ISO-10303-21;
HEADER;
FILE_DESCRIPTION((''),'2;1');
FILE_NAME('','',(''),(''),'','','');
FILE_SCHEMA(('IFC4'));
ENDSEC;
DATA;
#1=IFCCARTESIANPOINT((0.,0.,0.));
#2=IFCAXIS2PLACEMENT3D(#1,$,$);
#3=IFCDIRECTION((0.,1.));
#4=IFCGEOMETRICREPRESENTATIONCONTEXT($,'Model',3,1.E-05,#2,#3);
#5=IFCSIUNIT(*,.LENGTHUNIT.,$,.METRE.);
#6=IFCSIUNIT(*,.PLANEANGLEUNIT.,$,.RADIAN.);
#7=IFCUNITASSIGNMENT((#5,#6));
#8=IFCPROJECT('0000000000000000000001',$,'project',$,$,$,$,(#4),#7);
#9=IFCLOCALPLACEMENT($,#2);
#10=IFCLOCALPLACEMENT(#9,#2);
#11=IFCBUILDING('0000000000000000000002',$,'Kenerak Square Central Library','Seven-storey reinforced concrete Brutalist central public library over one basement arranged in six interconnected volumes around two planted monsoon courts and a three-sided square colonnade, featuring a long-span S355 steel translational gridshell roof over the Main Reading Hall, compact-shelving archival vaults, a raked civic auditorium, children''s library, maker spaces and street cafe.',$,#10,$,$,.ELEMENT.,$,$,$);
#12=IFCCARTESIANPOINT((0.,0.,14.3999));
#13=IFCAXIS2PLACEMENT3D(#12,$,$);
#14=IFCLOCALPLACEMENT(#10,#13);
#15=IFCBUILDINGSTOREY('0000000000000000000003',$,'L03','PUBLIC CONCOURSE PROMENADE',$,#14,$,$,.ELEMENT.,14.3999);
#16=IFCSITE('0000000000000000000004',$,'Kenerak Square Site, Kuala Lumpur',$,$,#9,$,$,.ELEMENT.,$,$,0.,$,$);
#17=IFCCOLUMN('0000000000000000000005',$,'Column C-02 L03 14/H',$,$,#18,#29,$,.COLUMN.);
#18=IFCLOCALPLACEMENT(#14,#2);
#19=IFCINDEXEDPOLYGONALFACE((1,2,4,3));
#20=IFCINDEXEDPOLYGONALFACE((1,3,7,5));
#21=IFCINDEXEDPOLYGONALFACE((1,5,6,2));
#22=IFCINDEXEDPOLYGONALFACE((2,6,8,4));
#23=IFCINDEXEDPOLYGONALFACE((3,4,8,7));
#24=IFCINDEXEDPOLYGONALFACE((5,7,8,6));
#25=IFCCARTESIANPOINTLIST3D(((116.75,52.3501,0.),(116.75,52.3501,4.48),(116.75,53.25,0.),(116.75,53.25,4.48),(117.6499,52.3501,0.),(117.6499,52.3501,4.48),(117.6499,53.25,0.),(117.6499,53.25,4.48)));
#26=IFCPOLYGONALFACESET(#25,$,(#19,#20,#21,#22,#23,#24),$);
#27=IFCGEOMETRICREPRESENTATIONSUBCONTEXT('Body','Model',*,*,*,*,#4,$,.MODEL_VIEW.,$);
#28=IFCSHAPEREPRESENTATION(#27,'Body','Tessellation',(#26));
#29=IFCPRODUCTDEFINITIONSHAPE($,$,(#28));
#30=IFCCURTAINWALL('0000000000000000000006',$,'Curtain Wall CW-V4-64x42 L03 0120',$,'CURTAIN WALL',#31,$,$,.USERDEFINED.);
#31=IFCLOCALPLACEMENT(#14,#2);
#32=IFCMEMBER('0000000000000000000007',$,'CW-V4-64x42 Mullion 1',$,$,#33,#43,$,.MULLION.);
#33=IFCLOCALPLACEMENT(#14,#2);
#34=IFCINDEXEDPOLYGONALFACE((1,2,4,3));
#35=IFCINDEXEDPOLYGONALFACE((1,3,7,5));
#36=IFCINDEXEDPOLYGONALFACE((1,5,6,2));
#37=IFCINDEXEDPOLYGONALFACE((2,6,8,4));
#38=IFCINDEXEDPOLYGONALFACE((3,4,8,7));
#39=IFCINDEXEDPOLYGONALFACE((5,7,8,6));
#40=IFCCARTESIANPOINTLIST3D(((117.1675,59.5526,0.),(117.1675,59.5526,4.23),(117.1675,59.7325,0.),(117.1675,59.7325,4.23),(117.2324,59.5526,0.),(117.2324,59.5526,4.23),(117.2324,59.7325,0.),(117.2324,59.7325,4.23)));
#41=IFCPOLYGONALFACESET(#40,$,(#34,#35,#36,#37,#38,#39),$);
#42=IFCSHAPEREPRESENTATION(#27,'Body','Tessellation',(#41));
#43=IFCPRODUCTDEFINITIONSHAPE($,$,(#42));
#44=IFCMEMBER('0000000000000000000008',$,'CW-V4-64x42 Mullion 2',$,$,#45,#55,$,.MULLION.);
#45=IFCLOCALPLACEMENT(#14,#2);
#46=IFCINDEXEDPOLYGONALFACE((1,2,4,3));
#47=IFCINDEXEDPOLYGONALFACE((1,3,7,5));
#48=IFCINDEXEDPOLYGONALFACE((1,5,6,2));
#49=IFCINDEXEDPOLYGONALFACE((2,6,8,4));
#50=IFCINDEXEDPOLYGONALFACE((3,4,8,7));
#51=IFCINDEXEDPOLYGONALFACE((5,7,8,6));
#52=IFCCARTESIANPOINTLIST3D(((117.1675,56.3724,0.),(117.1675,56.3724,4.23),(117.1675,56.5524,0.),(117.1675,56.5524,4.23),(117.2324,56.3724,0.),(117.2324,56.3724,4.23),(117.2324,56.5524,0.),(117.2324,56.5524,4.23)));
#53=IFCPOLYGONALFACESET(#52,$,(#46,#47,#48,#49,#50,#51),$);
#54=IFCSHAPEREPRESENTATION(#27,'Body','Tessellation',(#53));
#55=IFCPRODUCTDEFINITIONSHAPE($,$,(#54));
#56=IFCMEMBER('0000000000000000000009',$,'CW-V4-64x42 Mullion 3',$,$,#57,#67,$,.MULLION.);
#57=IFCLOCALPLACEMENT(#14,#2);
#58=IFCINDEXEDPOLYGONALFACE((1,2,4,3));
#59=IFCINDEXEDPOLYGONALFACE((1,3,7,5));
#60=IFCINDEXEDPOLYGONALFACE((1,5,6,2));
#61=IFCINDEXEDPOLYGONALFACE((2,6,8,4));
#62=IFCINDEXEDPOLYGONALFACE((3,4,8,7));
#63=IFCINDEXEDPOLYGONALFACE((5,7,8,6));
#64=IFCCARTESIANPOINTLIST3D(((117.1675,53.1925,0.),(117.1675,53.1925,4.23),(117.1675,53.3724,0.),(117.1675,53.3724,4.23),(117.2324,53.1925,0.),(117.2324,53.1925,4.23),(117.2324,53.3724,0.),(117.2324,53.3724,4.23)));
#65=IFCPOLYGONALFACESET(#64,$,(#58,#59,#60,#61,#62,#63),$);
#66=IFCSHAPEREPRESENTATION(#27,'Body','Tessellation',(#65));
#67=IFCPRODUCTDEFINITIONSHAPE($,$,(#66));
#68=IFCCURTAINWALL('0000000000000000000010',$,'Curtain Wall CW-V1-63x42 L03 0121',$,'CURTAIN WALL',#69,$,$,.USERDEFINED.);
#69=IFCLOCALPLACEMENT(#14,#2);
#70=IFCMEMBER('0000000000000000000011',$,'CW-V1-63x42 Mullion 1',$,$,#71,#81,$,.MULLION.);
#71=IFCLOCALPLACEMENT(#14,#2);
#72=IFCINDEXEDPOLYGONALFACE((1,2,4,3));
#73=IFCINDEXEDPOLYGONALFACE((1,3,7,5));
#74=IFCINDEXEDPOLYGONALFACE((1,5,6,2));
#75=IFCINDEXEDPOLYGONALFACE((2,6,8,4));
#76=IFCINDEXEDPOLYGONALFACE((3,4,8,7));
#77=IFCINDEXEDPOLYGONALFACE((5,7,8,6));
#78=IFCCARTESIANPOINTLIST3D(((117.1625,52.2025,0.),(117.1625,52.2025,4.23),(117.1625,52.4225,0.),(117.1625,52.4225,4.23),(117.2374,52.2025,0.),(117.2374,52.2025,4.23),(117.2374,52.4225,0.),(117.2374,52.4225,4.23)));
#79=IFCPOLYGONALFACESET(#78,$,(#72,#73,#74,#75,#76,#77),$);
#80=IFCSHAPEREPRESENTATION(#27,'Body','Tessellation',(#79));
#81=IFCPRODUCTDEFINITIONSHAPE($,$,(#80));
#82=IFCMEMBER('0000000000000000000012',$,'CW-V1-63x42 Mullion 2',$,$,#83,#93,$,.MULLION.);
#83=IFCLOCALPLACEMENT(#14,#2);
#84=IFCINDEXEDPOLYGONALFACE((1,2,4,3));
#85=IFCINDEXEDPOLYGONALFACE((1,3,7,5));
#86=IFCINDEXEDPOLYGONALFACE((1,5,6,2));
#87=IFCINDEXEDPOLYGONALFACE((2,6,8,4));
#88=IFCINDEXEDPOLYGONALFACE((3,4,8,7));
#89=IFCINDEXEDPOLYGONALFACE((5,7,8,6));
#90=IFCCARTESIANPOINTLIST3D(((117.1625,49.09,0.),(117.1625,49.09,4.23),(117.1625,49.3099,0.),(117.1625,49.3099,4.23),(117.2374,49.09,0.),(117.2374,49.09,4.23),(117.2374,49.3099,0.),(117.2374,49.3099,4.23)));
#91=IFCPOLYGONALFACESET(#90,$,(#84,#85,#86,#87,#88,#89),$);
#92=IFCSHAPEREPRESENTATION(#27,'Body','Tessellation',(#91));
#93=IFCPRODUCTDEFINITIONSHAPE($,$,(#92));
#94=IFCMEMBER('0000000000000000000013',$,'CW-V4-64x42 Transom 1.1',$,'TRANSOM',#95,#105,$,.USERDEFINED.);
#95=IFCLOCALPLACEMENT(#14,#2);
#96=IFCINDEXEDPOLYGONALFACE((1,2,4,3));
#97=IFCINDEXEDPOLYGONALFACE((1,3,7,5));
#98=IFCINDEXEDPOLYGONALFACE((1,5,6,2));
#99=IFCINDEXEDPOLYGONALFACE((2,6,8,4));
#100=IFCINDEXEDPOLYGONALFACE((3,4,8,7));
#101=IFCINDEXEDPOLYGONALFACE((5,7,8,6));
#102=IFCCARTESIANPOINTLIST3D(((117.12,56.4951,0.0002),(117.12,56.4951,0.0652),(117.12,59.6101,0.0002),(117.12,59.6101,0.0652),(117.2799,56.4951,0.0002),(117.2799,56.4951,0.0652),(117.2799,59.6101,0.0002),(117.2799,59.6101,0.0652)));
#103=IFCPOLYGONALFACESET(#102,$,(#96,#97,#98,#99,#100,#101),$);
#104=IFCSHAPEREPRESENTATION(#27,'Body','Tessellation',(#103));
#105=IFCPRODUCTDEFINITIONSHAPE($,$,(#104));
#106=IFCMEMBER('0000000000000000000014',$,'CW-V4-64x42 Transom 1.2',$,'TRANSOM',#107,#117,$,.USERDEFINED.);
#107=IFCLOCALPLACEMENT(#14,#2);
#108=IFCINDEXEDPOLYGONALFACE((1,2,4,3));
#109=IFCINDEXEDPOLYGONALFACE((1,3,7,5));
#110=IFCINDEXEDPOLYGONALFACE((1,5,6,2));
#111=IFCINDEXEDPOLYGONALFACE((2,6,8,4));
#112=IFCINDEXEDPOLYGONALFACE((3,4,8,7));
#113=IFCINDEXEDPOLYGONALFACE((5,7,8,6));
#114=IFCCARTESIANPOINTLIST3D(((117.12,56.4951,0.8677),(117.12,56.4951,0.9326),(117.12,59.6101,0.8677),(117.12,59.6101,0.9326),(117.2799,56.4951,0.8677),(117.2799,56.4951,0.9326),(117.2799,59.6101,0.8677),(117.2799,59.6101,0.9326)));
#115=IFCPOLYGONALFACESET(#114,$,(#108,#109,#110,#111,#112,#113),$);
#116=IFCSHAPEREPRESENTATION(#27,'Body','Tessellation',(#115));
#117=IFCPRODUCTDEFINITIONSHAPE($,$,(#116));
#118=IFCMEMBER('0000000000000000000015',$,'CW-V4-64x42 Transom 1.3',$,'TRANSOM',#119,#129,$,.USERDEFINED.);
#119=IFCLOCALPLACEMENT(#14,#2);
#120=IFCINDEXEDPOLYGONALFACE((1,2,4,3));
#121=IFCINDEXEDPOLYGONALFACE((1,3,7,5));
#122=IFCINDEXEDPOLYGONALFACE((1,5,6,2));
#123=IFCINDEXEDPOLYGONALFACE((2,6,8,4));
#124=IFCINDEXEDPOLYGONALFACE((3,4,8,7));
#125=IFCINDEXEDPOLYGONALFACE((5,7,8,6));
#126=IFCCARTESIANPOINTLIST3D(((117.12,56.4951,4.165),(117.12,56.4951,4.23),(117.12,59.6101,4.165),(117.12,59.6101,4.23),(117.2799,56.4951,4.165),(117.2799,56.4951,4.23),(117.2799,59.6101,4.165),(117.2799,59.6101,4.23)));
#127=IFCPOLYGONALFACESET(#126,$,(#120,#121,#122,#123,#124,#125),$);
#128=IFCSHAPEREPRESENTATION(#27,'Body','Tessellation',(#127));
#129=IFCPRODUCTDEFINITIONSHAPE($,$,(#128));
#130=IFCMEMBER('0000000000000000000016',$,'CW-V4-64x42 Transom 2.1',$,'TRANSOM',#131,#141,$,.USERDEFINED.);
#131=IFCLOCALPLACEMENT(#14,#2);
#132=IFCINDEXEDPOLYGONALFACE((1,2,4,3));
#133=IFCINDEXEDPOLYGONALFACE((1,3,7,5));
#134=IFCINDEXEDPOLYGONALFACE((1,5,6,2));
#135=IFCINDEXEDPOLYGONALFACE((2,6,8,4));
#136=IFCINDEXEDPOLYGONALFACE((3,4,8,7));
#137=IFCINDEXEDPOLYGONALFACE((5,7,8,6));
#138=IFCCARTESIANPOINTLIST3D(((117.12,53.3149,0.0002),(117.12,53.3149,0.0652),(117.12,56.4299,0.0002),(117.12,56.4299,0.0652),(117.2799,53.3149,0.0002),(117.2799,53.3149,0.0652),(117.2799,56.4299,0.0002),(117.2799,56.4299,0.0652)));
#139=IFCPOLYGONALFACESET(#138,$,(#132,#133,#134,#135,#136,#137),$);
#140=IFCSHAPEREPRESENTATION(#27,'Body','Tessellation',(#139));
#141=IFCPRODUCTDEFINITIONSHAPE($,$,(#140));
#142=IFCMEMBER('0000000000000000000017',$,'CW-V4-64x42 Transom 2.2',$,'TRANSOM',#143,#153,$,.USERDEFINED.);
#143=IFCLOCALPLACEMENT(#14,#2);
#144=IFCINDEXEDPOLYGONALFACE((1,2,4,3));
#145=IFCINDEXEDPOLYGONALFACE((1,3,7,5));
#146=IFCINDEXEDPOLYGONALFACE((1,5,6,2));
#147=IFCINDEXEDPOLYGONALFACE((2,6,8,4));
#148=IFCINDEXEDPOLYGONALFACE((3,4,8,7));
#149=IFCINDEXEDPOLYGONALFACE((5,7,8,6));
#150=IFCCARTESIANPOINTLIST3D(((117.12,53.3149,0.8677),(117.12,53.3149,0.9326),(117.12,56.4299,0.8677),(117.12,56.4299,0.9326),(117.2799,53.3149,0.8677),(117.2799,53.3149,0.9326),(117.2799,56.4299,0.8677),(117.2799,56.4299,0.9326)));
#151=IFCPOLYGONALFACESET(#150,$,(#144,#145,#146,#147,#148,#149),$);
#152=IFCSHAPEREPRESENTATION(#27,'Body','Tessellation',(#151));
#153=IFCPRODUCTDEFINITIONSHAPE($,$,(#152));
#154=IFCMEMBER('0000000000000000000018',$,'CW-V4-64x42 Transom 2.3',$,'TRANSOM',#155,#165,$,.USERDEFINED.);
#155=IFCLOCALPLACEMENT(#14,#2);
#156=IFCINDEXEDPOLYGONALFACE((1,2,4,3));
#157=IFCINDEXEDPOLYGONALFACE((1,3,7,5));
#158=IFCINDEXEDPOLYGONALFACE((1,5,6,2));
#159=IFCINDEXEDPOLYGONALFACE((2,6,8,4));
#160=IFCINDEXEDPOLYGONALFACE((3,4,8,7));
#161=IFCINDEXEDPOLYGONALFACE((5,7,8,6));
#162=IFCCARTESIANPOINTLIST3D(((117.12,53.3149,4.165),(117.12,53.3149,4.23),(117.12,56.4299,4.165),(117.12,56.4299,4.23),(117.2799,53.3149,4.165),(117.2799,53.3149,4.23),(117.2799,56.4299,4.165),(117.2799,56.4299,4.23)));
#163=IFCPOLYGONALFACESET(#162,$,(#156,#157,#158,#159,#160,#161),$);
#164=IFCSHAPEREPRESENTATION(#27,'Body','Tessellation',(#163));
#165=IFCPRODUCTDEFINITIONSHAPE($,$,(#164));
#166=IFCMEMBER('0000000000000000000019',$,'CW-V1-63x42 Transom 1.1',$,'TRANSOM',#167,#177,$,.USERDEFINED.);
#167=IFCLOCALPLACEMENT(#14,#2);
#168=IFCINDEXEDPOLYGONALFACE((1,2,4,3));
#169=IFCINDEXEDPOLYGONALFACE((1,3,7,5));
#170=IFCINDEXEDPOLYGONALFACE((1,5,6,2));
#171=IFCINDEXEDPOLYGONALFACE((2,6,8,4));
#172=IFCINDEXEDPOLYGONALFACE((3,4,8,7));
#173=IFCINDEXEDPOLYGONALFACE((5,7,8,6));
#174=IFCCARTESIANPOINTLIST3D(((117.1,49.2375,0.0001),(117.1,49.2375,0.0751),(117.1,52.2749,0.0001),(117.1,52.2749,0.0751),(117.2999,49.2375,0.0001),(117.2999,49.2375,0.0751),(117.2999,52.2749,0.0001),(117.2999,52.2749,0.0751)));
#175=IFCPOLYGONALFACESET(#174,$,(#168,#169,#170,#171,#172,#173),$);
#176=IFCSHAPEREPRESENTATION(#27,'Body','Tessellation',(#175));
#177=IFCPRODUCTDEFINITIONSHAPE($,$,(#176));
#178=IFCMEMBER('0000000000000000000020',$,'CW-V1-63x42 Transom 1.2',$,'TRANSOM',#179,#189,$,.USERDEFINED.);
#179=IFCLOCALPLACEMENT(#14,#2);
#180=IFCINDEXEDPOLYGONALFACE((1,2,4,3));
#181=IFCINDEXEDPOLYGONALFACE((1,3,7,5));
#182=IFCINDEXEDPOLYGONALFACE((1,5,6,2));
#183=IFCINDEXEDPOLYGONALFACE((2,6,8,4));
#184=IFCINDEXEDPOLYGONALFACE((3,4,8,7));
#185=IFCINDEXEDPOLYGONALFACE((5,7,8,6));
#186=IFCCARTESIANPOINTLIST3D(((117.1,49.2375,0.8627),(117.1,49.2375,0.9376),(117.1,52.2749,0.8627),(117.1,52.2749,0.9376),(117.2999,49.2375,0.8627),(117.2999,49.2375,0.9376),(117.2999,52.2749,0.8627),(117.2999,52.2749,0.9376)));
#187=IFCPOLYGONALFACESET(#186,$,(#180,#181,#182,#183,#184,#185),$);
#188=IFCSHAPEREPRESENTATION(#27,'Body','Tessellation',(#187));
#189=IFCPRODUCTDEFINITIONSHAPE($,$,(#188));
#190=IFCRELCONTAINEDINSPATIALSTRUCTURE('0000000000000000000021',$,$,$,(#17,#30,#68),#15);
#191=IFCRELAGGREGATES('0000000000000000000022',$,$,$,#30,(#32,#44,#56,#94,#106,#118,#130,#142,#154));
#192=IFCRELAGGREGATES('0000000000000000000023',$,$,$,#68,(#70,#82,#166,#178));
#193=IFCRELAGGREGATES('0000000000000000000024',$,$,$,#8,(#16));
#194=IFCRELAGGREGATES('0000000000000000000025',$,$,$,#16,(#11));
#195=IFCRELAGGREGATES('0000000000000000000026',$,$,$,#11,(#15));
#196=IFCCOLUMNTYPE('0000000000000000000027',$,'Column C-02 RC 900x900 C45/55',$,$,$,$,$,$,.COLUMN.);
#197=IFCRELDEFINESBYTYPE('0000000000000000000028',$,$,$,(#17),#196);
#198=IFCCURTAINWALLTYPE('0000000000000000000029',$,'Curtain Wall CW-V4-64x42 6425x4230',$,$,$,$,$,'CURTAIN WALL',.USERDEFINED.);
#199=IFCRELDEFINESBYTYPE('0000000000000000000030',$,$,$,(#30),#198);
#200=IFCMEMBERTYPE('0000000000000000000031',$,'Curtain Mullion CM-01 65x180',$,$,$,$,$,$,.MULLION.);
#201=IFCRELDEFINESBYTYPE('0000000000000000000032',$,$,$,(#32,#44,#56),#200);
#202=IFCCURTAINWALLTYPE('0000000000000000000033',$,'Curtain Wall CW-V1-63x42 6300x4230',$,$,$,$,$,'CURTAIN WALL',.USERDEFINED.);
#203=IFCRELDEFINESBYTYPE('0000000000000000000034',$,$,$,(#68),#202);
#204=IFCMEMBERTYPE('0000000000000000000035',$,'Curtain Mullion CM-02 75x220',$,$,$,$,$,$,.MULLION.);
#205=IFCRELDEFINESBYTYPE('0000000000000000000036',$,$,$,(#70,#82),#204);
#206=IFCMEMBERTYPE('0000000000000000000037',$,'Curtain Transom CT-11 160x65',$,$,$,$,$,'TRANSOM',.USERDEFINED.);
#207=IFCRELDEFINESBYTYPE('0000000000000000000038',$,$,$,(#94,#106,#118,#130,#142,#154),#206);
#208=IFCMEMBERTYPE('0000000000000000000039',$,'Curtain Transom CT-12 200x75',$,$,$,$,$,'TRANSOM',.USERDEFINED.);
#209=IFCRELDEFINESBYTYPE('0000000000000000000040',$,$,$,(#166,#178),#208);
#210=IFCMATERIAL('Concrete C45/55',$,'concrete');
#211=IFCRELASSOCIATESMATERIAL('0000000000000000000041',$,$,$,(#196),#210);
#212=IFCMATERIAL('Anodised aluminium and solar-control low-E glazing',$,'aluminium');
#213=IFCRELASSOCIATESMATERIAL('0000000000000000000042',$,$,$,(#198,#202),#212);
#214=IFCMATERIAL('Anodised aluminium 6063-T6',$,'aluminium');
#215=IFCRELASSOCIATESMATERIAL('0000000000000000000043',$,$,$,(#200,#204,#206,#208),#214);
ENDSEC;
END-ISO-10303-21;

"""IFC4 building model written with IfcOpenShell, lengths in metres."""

from ifc_helpers import new_model, si_unit, direction, frame, origin, origin_2d, place, context, subcontext, project, spatial, rectangle, extrude, material, material_profile, profile_set, type_object, element, aggregate, save


model = new_model("IFC4")

# Units and contexts
model_context = context("Model", 3, precision=1e-05, world=origin(), true_north=direction((0.0, 1.0)))
body_context = subcontext(model_context, "Body", "Model", "MODEL_VIEW")
ifc_project = project(units=[si_unit("LENGTHUNIT", "METRE"), si_unit("PLANEANGLEUNIT", "RADIAN")], contexts=[model_context])

# Site, building, storey
site_placement = place(None, origin())
site = spatial("IfcSite", under=ifc_project, at=site_placement, Name="Kenerak Square Site, Kuala Lumpur", CompositionType="ELEMENT", RefElevation=0.0)
building_placement = place(site_placement, origin())
building = spatial("IfcBuilding", under=site, at=building_placement, Name="Kenerak Square Central Library", Description="Seven-storey reinforced concrete Brutalist central public library over one basement arranged in six interconnected volumes around two planted monsoon courts and a three-sided square colonnade, featuring a long-span S355 steel translational gridshell roof over the Main Reading Hall, compact-shelving archival vaults, a raked civic auditorium, children's library, maker spaces and street cafe.", CompositionType="ELEMENT")
storey_placement = place(building_placement, frame((0.0, 0.0, 14.3999)))
storey = spatial("IfcBuildingStorey", under=building, at=storey_placement, Name="L03", Description="PUBLIC CONCOURSE PROMENADE", CompositionType="ELEMENT", Elevation=14.3999)

# Column
ifc_material_1 = material(Name="Concrete C45/55", Category="concrete")
ifc_material_profile_1 = material_profile(ifc_material_1, rectangle(XDim=0.8999, YDim=0.8999, at=origin_2d()), Name="RC 900x900")
ifc_profile_set_1 = profile_set([ifc_material_profile_1], Name="Concrete C45/55")
column_type = type_object("IfcColumnType", Name="Column C-02 RC 900x900 C45/55", PredefinedType="COLUMN", material=ifc_profile_set_1)
column_placement = place(storey_placement, frame((117.2, 52.8, 0.0), z_axis=(0.0, 0.0, 1.0), x_axis=(1.0, 0.0, 0.0)))
element("IfcColumn", 1, at=column_placement, inside=storey, type_object=column_type, Name="Column C-02 L03 14/H", PredefinedType="COLUMN", context=body_context, shape_type="SweptSolid", body=[
    extrude(rectangle(XDim=0.8999, YDim=0.8999, at=origin_2d()), origin(), (0.0, 0.0, 1.0), 4.48),
])

# Curtain walls, members
ifc_material_2 = material(Name="Anodised aluminium and solar-control low-E glazing", Category="aluminium")
curtain_wall_type_1 = type_object("IfcCurtainWallType", Name="Curtain Wall CW-V4-64x42 6425x4230", ElementType="CURTAIN WALL", PredefinedType="USERDEFINED", material=ifc_material_2)
curtain_wall_1_placement = place(storey_placement, origin())
curtain_wall_1 = element("IfcCurtainWall", 2, at=curtain_wall_1_placement, inside=storey, type_object=curtain_wall_type_1, Name="Curtain Wall CW-V4-64x42 L03 0120", ObjectType="CURTAIN WALL", PredefinedType="USERDEFINED")
ifc_material_3 = material(Name="Anodised aluminium 6063-T6", Category="aluminium")
ifc_material_profile_2 = material_profile(ifc_material_3, rectangle(XDim=0.0649, YDim=0.1799, at=origin_2d()), Name="AL MULLION 65x180")
ifc_profile_set_2 = profile_set([ifc_material_profile_2], Name="Anodised aluminium 6063-T6")
member_type_1 = type_object("IfcMemberType", Name="Curtain Mullion CM-01 65x180", PredefinedType="MULLION", material=ifc_profile_set_2)
member_1_placement = place(storey_placement, frame((117.2, 59.6426, 0.0), z_axis=(0.0, 0.0, 1.0), x_axis=(1.0, 0.0, 0.0)))
member_1 = element("IfcMember", 3, at=member_1_placement, type_object=member_type_1, Name="CW-V4-64x42 Mullion 1", PredefinedType="MULLION", context=body_context, shape_type="SweptSolid", body=[
    extrude(rectangle(XDim=0.0649, YDim=0.1799, at=origin_2d()), origin(), (0.0, 0.0, 1.0), 4.23),
])
member_2_placement = place(storey_placement, frame((117.2, 56.4624, 0.0), z_axis=(0.0, 0.0, 1.0), x_axis=(1.0, 0.0, 0.0)))
member_2 = element("IfcMember", 4, at=member_2_placement, type_object=member_type_1, Name="CW-V4-64x42 Mullion 2", PredefinedType="MULLION", context=body_context, shape_type="SweptSolid", body=[
    extrude(rectangle(XDim=0.0649, YDim=0.1799, at=origin_2d()), origin(), (0.0, 0.0, 1.0), 4.23),
])
member_3_placement = place(storey_placement, frame((117.2, 53.2825, 0.0), z_axis=(0.0, 0.0, 1.0), x_axis=(1.0, 0.0, 0.0)))
member_3 = element("IfcMember", 5, at=member_3_placement, type_object=member_type_1, Name="CW-V4-64x42 Mullion 3", PredefinedType="MULLION", context=body_context, shape_type="SweptSolid", body=[
    extrude(rectangle(XDim=0.0649, YDim=0.1799, at=origin_2d()), origin(), (0.0, 0.0, 1.0), 4.23),
])
curtain_wall_type_2 = type_object("IfcCurtainWallType", Name="Curtain Wall CW-V1-63x42 6300x4230", ElementType="CURTAIN WALL", PredefinedType="USERDEFINED", material=ifc_material_2)
curtain_wall_2_placement = place(storey_placement, origin())
curtain_wall_2 = element("IfcCurtainWall", 6, at=curtain_wall_2_placement, inside=storey, type_object=curtain_wall_type_2, Name="Curtain Wall CW-V1-63x42 L03 0121", ObjectType="CURTAIN WALL", PredefinedType="USERDEFINED")
ifc_material_profile_3 = material_profile(ifc_material_3, rectangle(XDim=0.075, YDim=0.22, at=origin_2d()), Name="AL MULLION 75x220")
ifc_profile_set_3 = profile_set([ifc_material_profile_3], Name="Anodised aluminium 6063-T6")
member_type_2 = type_object("IfcMemberType", Name="Curtain Mullion CM-02 75x220", PredefinedType="MULLION", material=ifc_profile_set_3)
member_4_placement = place(storey_placement, frame((117.2, 52.3125, 0.0), z_axis=(0.0, 0.0, 1.0), x_axis=(1.0, 0.0, 0.0)))
member_4 = element("IfcMember", 7, at=member_4_placement, type_object=member_type_2, Name="CW-V1-63x42 Mullion 1", PredefinedType="MULLION", context=body_context, shape_type="SweptSolid", body=[
    extrude(rectangle(XDim=0.075, YDim=0.22, at=origin_2d()), origin(), (0.0, 0.0, 1.0), 4.23),
])
member_5_placement = place(storey_placement, frame((117.2, 49.2, 0.0), z_axis=(0.0, 0.0, 1.0), x_axis=(1.0, 0.0, 0.0)))
member_5 = element("IfcMember", 8, at=member_5_placement, type_object=member_type_2, Name="CW-V1-63x42 Mullion 2", PredefinedType="MULLION", context=body_context, shape_type="SweptSolid", body=[
    extrude(rectangle(XDim=0.075, YDim=0.22, at=origin_2d()), origin(), (0.0, 0.0, 1.0), 4.23),
])

# Members
ifc_material_profile_4 = material_profile(ifc_material_3, rectangle(XDim=0.1599, YDim=0.0649, at=origin_2d()), Name="AL TRANSOM 160x65")
ifc_profile_set_4 = profile_set([ifc_material_profile_4], Name="Anodised aluminium 6063-T6")
member_type_3 = type_object("IfcMemberType", Name="Curtain Transom CT-11 160x65", ElementType="TRANSOM", PredefinedType="USERDEFINED", material=ifc_profile_set_4)
member_6_placement = place(storey_placement, frame((117.2, 59.6101, 0.0327), z_axis=(0.0, -1.0, 0.0), x_axis=(1.0, 0.0, 0.0)))
member_6 = element("IfcMember", 9, at=member_6_placement, type_object=member_type_3, Name="CW-V4-64x42 Transom 1.1", ObjectType="TRANSOM", PredefinedType="USERDEFINED", context=body_context, shape_type="SweptSolid", body=[
    extrude(rectangle(XDim=0.1599, YDim=0.0649, at=origin_2d()), origin(), (0.0, 0.0, 1.0), 3.115),
])
member_7_placement = place(storey_placement, frame((117.2, 59.6101, 0.9001), z_axis=(0.0, -1.0, 0.0), x_axis=(1.0, 0.0, 0.0)))
member_7 = element("IfcMember", 10, at=member_7_placement, type_object=member_type_3, Name="CW-V4-64x42 Transom 1.2", ObjectType="TRANSOM", PredefinedType="USERDEFINED", context=body_context, shape_type="SweptSolid", body=[
    extrude(rectangle(XDim=0.1599, YDim=0.0649, at=origin_2d()), origin(), (0.0, 0.0, 1.0), 3.115),
])
member_8_placement = place(storey_placement, frame((117.2, 59.6101, 4.1975), z_axis=(0.0, -1.0, 0.0), x_axis=(1.0, 0.0, 0.0)))
member_8 = element("IfcMember", 11, at=member_8_placement, type_object=member_type_3, Name="CW-V4-64x42 Transom 1.3", ObjectType="TRANSOM", PredefinedType="USERDEFINED", context=body_context, shape_type="SweptSolid", body=[
    extrude(rectangle(XDim=0.1599, YDim=0.0649, at=origin_2d()), origin(), (0.0, 0.0, 1.0), 3.115),
])
member_9_placement = place(storey_placement, frame((117.2, 56.4299, 0.0327), z_axis=(0.0, -1.0, 0.0), x_axis=(1.0, 0.0, 0.0)))
member_9 = element("IfcMember", 12, at=member_9_placement, type_object=member_type_3, Name="CW-V4-64x42 Transom 2.1", ObjectType="TRANSOM", PredefinedType="USERDEFINED", context=body_context, shape_type="SweptSolid", body=[
    extrude(rectangle(XDim=0.1599, YDim=0.0649, at=origin_2d()), origin(), (0.0, 0.0, 1.0), 3.115),
])
member_10_placement = place(storey_placement, frame((117.2, 56.4299, 0.9001), z_axis=(0.0, -1.0, 0.0), x_axis=(1.0, 0.0, 0.0)))
member_10 = element("IfcMember", 13, at=member_10_placement, type_object=member_type_3, Name="CW-V4-64x42 Transom 2.2", ObjectType="TRANSOM", PredefinedType="USERDEFINED", context=body_context, shape_type="SweptSolid", body=[
    extrude(rectangle(XDim=0.1599, YDim=0.0649, at=origin_2d()), origin(), (0.0, 0.0, 1.0), 3.115),
])
member_11_placement = place(storey_placement, frame((117.2, 56.4299, 4.1975), z_axis=(0.0, -1.0, 0.0), x_axis=(1.0, 0.0, 0.0)))
member_11 = element("IfcMember", 14, at=member_11_placement, type_object=member_type_3, Name="CW-V4-64x42 Transom 2.3", ObjectType="TRANSOM", PredefinedType="USERDEFINED", context=body_context, shape_type="SweptSolid", body=[
    extrude(rectangle(XDim=0.1599, YDim=0.0649, at=origin_2d()), origin(), (0.0, 0.0, 1.0), 3.115),
])
ifc_material_profile_5 = material_profile(ifc_material_3, rectangle(XDim=0.2, YDim=0.075, at=origin_2d()), Name="AL TRANSOM 200x75")
ifc_profile_set_5 = profile_set([ifc_material_profile_5], Name="Anodised aluminium 6063-T6")
member_type_4 = type_object("IfcMemberType", Name="Curtain Transom CT-12 200x75", ElementType="TRANSOM", PredefinedType="USERDEFINED", material=ifc_profile_set_5)
member_12_placement = place(storey_placement, frame((117.2, 52.2749, 0.0376), z_axis=(0.0, -1.0, 0.0), x_axis=(1.0, 0.0, 0.0)))
member_12 = element("IfcMember", 15, at=member_12_placement, type_object=member_type_4, Name="CW-V1-63x42 Transom 1.1", ObjectType="TRANSOM", PredefinedType="USERDEFINED", context=body_context, shape_type="SweptSolid", body=[
    extrude(rectangle(XDim=0.2, YDim=0.075, at=origin_2d()), origin(), (0.0, 0.0, 1.0), 3.0374),
])
member_13_placement = place(storey_placement, frame((117.2, 52.2749, 0.9001), z_axis=(0.0, -1.0, 0.0), x_axis=(1.0, 0.0, 0.0)))
member_13 = element("IfcMember", 16, at=member_13_placement, type_object=member_type_4, Name="CW-V1-63x42 Transom 1.2", ObjectType="TRANSOM", PredefinedType="USERDEFINED", context=body_context, shape_type="SweptSolid", body=[
    extrude(rectangle(XDim=0.2, YDim=0.075, at=origin_2d()), origin(), (0.0, 0.0, 1.0), 3.0374),
])

aggregate(curtain_wall_1, [member_1, member_2, member_3, member_6, member_7, member_8, member_9, member_10, member_11])
aggregate(curtain_wall_2, [member_4, member_5, member_12, member_13])

save(model, "model.ifc")
